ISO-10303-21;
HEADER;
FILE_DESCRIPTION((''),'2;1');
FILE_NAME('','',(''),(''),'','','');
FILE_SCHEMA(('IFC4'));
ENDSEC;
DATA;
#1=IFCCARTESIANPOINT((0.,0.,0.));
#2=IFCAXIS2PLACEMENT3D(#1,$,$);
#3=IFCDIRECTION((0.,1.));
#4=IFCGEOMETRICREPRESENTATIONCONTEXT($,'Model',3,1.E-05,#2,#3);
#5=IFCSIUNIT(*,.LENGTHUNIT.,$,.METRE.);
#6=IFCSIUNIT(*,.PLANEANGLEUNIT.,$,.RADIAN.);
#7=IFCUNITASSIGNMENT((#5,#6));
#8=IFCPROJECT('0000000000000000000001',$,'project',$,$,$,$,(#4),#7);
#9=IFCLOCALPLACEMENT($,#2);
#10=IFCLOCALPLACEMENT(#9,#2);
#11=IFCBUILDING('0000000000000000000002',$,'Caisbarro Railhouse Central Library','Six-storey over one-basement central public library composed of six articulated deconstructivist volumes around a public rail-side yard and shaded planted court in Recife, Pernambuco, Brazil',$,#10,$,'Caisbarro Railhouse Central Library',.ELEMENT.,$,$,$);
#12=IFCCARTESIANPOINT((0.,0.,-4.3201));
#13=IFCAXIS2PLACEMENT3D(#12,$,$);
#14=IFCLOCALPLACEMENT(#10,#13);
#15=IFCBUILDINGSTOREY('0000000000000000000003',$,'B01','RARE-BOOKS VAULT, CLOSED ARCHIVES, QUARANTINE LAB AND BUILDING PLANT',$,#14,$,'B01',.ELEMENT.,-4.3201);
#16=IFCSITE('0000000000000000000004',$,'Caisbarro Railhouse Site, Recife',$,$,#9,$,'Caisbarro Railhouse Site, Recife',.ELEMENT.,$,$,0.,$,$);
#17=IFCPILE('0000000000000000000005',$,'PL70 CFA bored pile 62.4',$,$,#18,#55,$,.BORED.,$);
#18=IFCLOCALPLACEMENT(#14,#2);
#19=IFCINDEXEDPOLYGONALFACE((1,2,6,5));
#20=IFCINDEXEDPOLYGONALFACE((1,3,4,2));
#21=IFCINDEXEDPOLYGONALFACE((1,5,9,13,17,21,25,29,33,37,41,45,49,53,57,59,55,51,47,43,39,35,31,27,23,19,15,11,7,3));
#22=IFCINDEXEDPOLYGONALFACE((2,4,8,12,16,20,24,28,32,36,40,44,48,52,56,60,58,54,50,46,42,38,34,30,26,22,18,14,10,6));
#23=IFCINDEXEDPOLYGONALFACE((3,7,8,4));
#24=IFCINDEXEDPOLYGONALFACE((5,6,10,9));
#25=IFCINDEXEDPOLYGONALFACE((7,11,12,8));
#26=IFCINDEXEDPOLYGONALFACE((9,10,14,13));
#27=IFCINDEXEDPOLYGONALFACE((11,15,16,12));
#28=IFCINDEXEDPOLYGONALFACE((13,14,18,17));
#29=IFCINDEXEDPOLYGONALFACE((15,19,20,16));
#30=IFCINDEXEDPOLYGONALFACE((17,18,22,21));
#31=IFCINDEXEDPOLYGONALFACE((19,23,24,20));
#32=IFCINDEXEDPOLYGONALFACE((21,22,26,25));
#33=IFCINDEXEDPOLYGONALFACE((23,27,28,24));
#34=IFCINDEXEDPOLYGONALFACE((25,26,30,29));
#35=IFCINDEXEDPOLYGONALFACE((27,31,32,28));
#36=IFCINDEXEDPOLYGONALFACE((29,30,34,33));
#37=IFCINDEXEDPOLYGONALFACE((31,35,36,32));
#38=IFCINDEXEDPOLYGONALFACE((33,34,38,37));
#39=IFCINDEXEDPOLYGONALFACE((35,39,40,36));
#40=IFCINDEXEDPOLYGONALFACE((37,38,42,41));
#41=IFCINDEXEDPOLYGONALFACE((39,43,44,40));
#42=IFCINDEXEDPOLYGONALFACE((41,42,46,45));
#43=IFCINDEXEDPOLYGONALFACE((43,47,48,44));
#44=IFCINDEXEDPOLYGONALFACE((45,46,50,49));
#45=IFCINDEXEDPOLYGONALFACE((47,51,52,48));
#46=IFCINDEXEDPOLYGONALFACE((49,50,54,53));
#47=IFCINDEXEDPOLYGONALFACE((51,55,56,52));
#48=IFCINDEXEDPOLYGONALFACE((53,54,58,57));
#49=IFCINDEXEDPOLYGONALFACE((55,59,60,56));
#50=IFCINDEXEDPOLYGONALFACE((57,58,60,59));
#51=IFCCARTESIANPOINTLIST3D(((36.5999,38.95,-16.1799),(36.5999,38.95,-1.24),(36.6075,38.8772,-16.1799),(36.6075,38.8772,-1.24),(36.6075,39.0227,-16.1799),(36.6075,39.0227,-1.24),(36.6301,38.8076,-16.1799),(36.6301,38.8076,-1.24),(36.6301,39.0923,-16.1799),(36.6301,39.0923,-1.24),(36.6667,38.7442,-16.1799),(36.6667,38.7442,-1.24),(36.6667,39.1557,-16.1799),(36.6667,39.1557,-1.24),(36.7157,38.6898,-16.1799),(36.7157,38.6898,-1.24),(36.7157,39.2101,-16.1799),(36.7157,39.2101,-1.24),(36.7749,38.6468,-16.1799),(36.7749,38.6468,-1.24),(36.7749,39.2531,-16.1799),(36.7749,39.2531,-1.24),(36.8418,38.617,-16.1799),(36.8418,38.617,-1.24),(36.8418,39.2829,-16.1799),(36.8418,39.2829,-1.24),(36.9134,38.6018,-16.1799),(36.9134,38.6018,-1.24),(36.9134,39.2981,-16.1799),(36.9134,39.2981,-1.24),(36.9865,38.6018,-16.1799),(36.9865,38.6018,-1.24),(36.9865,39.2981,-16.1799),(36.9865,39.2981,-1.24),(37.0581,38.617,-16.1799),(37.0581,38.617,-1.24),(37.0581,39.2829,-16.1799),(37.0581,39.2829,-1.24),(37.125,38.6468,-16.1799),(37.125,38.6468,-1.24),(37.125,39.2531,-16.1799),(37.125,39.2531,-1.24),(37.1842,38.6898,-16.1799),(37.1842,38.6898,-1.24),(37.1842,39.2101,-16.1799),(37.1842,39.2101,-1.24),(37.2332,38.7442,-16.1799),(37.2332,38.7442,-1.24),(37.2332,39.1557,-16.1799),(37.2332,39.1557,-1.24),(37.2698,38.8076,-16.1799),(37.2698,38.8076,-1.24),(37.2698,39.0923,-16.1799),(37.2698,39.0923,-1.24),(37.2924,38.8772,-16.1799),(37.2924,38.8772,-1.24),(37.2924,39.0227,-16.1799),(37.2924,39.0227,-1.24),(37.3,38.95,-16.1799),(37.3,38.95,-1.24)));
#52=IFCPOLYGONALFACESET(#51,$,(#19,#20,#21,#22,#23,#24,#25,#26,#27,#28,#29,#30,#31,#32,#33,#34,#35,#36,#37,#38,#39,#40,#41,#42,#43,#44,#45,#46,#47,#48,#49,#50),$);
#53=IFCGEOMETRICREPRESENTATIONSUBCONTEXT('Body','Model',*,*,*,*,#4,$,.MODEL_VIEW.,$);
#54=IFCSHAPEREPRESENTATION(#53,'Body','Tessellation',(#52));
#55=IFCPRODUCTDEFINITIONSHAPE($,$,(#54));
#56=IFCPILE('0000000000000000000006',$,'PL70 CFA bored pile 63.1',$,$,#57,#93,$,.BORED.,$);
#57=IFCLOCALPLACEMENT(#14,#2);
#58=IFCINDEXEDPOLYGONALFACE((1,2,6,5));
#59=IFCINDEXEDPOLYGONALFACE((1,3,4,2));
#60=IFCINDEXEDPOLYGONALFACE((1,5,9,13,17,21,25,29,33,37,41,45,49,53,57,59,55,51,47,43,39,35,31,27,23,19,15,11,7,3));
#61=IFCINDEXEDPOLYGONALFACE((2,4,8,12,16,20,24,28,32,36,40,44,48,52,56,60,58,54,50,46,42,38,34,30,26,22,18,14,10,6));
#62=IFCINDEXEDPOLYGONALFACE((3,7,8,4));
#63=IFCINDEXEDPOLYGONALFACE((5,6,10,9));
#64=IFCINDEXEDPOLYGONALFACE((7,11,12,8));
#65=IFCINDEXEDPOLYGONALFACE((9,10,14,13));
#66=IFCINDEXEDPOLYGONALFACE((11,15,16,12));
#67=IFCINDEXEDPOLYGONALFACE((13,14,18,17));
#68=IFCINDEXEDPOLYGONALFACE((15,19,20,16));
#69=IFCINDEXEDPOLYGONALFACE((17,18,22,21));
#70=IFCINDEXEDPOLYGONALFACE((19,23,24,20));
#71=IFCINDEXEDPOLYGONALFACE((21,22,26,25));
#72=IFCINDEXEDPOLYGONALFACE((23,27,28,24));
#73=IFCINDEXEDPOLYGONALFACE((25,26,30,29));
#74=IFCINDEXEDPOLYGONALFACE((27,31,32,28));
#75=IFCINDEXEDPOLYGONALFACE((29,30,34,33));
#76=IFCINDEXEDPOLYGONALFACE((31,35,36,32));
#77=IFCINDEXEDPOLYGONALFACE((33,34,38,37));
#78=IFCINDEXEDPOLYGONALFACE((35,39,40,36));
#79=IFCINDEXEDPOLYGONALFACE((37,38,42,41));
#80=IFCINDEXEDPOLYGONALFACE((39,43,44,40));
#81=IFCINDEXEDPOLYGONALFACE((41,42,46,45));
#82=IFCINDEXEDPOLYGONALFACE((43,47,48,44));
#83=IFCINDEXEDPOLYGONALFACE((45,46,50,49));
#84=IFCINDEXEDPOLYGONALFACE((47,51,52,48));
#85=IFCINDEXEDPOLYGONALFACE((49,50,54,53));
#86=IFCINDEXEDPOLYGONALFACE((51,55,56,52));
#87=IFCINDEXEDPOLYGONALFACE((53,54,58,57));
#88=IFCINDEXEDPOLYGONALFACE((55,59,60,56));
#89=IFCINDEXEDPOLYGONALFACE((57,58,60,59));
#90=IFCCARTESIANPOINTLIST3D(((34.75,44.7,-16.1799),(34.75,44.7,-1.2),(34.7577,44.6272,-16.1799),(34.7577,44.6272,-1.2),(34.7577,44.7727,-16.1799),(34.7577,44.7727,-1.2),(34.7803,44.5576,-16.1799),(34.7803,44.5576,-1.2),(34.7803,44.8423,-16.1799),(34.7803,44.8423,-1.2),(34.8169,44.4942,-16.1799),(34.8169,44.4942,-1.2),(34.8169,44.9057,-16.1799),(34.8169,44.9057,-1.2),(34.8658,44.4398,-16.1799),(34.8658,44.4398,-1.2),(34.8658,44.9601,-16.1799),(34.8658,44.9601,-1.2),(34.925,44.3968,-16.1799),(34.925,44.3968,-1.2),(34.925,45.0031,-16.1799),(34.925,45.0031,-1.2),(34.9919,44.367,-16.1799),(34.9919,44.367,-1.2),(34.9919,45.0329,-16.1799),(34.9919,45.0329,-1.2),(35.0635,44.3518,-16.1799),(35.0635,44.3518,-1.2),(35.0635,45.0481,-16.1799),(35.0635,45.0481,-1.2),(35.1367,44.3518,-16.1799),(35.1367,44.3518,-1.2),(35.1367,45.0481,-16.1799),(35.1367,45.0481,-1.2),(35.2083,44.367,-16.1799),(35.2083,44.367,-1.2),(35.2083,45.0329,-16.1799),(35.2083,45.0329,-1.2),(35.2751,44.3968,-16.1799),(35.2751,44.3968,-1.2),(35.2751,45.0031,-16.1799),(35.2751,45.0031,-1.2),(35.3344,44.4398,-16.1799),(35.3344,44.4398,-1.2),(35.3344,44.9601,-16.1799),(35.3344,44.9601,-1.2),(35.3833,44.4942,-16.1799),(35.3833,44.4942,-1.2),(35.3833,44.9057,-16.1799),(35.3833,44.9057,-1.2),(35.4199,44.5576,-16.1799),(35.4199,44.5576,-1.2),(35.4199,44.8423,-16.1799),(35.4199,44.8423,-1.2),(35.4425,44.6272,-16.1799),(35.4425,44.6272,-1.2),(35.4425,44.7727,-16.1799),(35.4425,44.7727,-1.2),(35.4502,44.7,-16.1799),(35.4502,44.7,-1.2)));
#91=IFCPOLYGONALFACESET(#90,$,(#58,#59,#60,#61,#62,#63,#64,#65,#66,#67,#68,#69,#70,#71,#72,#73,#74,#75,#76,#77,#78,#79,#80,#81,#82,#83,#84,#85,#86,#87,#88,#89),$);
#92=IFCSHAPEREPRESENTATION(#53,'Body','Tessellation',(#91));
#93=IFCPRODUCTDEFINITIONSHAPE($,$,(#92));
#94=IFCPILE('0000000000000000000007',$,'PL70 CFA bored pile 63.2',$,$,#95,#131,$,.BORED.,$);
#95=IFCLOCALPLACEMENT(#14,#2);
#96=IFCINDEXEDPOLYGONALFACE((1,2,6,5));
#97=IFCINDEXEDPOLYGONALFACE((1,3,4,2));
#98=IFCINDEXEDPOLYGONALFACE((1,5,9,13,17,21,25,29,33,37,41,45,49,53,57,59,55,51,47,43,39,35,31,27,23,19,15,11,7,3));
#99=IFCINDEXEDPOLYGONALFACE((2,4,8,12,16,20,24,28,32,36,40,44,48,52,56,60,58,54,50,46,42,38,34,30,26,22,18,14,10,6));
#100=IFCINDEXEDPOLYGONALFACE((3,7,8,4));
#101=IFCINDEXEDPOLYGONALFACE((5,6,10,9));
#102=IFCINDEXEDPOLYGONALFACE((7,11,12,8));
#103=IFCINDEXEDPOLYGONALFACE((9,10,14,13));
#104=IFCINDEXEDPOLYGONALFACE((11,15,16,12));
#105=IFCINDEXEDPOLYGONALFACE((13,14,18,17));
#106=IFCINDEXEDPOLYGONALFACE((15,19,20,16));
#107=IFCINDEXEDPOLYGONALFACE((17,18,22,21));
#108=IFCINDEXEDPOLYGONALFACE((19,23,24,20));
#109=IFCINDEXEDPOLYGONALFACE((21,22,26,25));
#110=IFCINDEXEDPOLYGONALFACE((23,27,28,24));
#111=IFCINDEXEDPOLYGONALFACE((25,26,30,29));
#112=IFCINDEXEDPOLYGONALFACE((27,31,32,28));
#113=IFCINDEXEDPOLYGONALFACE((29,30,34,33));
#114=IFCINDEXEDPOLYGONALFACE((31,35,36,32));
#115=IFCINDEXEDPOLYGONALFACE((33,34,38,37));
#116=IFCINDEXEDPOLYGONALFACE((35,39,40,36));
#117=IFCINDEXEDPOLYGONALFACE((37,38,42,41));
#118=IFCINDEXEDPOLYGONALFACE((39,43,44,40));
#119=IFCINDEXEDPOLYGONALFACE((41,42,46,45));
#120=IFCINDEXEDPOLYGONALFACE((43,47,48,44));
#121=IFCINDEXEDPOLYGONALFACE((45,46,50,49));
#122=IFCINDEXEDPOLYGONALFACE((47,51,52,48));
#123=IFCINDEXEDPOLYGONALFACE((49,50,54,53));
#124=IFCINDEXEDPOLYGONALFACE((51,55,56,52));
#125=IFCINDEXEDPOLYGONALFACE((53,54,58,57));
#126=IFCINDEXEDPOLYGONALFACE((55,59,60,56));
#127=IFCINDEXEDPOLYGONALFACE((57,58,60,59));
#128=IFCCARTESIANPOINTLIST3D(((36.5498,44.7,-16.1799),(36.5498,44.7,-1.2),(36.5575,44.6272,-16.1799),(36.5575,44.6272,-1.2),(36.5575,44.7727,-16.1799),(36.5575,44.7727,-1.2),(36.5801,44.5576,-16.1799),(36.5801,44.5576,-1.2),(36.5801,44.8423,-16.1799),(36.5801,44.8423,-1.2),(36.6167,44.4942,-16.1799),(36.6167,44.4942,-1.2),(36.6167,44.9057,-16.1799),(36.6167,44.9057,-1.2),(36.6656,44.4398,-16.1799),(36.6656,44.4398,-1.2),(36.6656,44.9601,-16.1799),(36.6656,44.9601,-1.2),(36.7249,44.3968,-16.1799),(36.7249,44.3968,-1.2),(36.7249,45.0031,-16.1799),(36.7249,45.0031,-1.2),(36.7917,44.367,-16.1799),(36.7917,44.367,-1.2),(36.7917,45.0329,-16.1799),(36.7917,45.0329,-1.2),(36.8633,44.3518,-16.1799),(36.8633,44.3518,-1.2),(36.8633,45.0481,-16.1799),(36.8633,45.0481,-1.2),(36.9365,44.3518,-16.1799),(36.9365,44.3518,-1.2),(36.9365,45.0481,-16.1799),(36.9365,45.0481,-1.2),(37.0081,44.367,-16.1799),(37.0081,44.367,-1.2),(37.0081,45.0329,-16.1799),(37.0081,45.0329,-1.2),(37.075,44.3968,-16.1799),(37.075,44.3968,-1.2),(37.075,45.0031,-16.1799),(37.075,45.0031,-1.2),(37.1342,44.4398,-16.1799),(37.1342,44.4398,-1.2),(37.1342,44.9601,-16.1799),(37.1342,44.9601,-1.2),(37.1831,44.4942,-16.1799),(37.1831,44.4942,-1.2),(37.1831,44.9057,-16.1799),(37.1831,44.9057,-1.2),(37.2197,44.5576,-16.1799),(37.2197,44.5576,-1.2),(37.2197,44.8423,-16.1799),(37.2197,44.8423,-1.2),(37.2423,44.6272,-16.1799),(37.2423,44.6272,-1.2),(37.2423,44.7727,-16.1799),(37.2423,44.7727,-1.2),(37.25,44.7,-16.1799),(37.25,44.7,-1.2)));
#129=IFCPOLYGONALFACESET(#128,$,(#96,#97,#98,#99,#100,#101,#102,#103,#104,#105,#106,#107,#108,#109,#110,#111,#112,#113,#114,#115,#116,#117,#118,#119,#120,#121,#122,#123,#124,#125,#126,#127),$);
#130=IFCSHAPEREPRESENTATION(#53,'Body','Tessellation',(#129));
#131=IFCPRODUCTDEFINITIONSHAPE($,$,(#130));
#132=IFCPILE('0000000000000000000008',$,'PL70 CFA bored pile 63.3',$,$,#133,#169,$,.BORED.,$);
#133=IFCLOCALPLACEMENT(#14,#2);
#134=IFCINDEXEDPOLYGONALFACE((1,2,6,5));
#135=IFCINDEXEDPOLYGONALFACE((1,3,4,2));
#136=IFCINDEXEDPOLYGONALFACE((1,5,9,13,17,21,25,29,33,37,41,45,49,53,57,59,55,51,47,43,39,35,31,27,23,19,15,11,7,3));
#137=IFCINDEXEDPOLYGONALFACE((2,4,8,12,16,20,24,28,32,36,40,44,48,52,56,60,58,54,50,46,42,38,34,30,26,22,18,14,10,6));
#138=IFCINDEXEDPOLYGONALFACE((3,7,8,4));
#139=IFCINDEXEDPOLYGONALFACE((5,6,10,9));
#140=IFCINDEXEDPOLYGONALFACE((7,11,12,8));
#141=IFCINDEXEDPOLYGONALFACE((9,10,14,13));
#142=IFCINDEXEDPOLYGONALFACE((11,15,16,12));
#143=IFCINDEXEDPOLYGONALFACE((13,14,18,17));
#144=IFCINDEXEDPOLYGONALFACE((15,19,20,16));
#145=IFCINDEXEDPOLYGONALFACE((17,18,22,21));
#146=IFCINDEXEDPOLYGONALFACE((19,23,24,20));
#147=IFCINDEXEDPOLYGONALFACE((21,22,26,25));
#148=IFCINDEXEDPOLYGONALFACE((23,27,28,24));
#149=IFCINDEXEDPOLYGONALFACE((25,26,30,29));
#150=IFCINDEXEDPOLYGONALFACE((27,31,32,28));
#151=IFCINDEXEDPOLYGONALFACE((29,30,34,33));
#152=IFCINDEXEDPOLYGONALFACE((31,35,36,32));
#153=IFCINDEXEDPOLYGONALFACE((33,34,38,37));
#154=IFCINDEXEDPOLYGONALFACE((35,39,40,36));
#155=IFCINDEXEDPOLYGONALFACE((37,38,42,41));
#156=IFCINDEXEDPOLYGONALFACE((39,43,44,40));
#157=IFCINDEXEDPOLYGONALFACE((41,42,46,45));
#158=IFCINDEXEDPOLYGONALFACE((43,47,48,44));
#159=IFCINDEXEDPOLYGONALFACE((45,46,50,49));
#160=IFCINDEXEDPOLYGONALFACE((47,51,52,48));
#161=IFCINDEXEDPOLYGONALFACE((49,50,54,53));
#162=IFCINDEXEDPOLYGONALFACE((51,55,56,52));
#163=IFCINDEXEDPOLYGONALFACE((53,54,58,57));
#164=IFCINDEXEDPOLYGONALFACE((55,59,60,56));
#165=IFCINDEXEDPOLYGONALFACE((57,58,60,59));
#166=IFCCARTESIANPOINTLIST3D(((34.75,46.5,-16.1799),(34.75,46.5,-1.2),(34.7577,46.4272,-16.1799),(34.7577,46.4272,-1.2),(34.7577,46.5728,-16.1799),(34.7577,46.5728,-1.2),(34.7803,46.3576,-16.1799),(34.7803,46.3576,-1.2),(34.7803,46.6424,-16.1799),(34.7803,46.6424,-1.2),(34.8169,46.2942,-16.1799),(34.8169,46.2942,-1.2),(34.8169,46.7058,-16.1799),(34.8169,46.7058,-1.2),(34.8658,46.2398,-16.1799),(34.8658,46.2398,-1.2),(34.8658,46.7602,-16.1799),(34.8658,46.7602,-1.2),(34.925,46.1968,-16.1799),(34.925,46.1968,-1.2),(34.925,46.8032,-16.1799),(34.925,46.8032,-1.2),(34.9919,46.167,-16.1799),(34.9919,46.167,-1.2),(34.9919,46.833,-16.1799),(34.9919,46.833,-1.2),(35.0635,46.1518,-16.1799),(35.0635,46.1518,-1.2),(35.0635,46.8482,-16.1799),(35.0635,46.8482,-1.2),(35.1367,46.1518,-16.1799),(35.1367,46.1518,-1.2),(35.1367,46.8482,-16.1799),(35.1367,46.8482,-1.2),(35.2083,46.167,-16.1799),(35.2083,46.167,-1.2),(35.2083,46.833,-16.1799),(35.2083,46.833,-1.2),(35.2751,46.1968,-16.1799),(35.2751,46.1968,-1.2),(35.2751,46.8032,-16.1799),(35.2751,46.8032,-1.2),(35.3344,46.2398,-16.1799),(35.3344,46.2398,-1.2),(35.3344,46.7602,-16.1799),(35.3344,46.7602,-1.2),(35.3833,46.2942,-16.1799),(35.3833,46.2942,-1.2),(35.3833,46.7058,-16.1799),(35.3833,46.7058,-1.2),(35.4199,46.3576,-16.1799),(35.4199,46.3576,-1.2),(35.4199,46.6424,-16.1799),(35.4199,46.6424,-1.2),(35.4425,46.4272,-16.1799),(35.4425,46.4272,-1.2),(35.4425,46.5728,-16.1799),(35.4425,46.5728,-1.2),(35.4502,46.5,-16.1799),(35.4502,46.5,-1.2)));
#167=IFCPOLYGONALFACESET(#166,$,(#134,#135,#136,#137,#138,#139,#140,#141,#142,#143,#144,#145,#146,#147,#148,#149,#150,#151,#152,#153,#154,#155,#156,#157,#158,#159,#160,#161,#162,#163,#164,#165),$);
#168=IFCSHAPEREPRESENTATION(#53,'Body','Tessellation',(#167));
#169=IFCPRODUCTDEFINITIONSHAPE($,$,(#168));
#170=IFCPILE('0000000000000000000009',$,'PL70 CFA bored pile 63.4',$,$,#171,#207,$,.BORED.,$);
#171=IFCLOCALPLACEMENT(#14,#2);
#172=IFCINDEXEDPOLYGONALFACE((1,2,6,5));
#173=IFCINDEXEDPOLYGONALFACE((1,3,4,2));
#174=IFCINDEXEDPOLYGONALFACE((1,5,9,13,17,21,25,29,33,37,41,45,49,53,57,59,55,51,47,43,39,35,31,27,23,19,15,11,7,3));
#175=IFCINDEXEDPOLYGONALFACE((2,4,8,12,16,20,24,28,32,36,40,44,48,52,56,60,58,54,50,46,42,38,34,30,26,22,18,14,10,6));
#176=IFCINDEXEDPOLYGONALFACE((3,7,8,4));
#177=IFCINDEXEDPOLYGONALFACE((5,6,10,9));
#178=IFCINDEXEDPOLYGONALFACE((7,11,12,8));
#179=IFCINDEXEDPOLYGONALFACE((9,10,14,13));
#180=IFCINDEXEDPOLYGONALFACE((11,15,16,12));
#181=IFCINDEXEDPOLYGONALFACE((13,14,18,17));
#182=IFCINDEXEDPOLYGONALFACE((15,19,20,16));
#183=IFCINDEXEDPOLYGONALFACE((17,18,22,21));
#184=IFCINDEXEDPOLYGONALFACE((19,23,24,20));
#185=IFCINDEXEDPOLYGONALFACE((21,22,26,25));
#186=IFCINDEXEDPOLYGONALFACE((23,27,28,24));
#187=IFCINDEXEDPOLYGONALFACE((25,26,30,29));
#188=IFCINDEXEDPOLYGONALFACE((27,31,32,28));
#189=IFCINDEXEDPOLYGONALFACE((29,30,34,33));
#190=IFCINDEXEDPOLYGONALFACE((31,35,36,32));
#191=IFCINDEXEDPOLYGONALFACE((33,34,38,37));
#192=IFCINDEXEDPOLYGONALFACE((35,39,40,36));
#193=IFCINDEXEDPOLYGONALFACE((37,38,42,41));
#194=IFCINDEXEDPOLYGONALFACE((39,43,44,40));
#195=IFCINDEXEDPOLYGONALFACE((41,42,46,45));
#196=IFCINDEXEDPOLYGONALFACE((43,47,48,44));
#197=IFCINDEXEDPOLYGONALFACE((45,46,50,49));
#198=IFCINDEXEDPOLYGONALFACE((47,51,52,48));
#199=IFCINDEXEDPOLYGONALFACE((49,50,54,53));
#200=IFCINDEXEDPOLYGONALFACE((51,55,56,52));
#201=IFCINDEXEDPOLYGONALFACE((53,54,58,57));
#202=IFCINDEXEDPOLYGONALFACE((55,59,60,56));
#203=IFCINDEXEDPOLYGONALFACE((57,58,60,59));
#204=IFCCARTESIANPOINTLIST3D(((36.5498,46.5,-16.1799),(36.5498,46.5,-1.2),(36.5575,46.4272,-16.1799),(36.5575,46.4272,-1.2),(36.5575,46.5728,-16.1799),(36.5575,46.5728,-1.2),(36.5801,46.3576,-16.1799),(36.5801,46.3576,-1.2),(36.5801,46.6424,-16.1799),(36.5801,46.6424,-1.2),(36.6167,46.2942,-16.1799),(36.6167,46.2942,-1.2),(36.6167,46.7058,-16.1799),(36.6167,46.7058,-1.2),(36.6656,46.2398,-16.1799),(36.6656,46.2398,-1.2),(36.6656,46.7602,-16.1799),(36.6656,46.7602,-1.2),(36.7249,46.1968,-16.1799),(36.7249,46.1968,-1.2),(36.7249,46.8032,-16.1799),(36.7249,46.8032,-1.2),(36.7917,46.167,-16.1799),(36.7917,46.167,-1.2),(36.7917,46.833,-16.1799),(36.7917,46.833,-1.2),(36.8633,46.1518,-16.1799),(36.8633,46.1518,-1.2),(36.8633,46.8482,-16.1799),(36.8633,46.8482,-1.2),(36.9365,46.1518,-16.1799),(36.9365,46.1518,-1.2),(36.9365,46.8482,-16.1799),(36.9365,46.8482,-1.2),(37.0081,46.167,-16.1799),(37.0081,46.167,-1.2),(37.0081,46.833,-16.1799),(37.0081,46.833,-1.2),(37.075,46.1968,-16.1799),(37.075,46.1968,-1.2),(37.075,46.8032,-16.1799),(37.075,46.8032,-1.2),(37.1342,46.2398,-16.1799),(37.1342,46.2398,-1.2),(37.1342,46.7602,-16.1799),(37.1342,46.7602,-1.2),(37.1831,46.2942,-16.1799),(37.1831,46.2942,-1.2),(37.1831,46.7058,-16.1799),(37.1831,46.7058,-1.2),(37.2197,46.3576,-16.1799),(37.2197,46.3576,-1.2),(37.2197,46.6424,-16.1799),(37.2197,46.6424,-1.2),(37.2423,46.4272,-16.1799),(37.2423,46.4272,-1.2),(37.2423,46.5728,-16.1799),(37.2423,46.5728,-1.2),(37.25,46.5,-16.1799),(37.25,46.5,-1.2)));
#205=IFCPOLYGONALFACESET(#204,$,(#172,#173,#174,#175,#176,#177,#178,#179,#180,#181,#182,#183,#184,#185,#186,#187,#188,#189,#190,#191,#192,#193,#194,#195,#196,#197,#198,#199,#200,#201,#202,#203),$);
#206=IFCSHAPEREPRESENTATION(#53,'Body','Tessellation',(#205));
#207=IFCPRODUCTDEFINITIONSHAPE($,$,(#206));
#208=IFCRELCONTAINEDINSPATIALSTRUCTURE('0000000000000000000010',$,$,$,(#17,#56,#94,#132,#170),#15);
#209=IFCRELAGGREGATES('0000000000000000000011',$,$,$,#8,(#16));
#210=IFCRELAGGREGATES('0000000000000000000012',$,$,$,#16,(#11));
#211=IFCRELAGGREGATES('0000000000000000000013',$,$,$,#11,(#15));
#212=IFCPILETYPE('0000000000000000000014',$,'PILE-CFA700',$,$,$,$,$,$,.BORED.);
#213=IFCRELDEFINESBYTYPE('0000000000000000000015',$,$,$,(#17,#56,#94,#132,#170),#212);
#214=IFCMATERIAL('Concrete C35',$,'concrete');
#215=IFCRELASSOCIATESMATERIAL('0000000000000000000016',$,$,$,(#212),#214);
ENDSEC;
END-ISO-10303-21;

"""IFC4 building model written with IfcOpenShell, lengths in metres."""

from ifc_helpers import new_model, si_unit, direction, frame, origin, origin_2d, place, context, subcontext, project, spatial, circle, extrude, material, material_profile, profile_set, type_object, element, save


model = new_model("IFC4")

# Units and contexts
model_context = context("Model", 3, precision=1e-05, world=origin(), true_north=direction((0.0, 1.0)))
body_context = subcontext(model_context, "Body", "Model", "MODEL_VIEW")
ifc_project = project(units=[si_unit("LENGTHUNIT", "METRE"), si_unit("PLANEANGLEUNIT", "RADIAN")], contexts=[model_context])

# Site, building, storey
site_placement = place(None, origin())
site = spatial("IfcSite", under=ifc_project, at=site_placement, Name="Caisbarro Railhouse Site, Recife", LongName="Caisbarro Railhouse Site, Recife", CompositionType="ELEMENT", RefElevation=0.0)
building_placement = place(site_placement, origin())
building = spatial("IfcBuilding", under=site, at=building_placement, Name="Caisbarro Railhouse Central Library", Description="Six-storey over one-basement central public library composed of six articulated deconstructivist volumes around a public rail-side yard and shaded planted court in Recife, Pernambuco, Brazil", LongName="Caisbarro Railhouse Central Library", CompositionType="ELEMENT")
storey_placement = place(building_placement, frame((0.0, 0.0, -4.3201)))
storey = spatial("IfcBuildingStorey", under=building, at=storey_placement, Name="B01", Description="RARE-BOOKS VAULT, CLOSED ARCHIVES, QUARANTINE LAB AND BUILDING PLANT", LongName="B01", CompositionType="ELEMENT", Elevation=-4.3201)

# Shared definitions
ifc_material_1 = material(Name="Concrete C35", Category="concrete")

# Piles
ifc_material_profile_1 = material_profile(ifc_material_1, circle(Radius=0.3501, at=origin_2d()), Name="PILE-CFA-700")
ifc_profile_set_1 = profile_set([ifc_material_profile_1], Name="Concrete C35")
pile_type_1 = type_object("IfcPileType", Name="PILE-CFA700", PredefinedType="BORED", material=ifc_profile_set_1)
for number, where, z_axis, x_axis, name in (
    (1, (36.95, 38.95, -1.24), (0.0, 0.0, -1.0), (1.0, 0.0, 0.0), "PL70 CFA bored pile 62.4"),
):
    element("IfcPile", number, at=place(storey_placement, frame(where, z_axis=z_axis, x_axis=x_axis)), inside=storey, type_object=pile_type_1, Name=name, PredefinedType="BORED", context=body_context, shape_type="SweptSolid", body=[
        extrude(circle(Radius=0.3501, at=origin_2d()), origin(), (0.0, 0.0, 1.0), 14.9399),
    ])
for number, where, z_axis, x_axis, name in (
    (2, (35.1001, 44.7, -1.2), (0.0, 0.0, -1.0), (1.0, 0.0, 0.0), "PL70 CFA bored pile 63.1"),
    (3, (36.8999, 44.7, -1.2), (0.0, 0.0, -1.0), (1.0, 0.0, 0.0), "PL70 CFA bored pile 63.2"),
    (4, (35.1001, 46.5, -1.2), (0.0, 0.0, -1.0), (1.0, 0.0, 0.0), "PL70 CFA bored pile 63.3"),
    (5, (36.8999, 46.5, -1.2), (0.0, 0.0, -1.0), (1.0, 0.0, 0.0), "PL70 CFA bored pile 63.4"),
):
    element("IfcPile", number, at=place(storey_placement, frame(where, z_axis=z_axis, x_axis=x_axis)), inside=storey, type_object=pile_type_1, Name=name, PredefinedType="BORED", context=body_context, shape_type="SweptSolid", body=[
        extrude(circle(Radius=0.3501, at=origin_2d()), origin(), (0.0, 0.0, 1.0), 14.98),
    ])

save(model, "model.ifc")
